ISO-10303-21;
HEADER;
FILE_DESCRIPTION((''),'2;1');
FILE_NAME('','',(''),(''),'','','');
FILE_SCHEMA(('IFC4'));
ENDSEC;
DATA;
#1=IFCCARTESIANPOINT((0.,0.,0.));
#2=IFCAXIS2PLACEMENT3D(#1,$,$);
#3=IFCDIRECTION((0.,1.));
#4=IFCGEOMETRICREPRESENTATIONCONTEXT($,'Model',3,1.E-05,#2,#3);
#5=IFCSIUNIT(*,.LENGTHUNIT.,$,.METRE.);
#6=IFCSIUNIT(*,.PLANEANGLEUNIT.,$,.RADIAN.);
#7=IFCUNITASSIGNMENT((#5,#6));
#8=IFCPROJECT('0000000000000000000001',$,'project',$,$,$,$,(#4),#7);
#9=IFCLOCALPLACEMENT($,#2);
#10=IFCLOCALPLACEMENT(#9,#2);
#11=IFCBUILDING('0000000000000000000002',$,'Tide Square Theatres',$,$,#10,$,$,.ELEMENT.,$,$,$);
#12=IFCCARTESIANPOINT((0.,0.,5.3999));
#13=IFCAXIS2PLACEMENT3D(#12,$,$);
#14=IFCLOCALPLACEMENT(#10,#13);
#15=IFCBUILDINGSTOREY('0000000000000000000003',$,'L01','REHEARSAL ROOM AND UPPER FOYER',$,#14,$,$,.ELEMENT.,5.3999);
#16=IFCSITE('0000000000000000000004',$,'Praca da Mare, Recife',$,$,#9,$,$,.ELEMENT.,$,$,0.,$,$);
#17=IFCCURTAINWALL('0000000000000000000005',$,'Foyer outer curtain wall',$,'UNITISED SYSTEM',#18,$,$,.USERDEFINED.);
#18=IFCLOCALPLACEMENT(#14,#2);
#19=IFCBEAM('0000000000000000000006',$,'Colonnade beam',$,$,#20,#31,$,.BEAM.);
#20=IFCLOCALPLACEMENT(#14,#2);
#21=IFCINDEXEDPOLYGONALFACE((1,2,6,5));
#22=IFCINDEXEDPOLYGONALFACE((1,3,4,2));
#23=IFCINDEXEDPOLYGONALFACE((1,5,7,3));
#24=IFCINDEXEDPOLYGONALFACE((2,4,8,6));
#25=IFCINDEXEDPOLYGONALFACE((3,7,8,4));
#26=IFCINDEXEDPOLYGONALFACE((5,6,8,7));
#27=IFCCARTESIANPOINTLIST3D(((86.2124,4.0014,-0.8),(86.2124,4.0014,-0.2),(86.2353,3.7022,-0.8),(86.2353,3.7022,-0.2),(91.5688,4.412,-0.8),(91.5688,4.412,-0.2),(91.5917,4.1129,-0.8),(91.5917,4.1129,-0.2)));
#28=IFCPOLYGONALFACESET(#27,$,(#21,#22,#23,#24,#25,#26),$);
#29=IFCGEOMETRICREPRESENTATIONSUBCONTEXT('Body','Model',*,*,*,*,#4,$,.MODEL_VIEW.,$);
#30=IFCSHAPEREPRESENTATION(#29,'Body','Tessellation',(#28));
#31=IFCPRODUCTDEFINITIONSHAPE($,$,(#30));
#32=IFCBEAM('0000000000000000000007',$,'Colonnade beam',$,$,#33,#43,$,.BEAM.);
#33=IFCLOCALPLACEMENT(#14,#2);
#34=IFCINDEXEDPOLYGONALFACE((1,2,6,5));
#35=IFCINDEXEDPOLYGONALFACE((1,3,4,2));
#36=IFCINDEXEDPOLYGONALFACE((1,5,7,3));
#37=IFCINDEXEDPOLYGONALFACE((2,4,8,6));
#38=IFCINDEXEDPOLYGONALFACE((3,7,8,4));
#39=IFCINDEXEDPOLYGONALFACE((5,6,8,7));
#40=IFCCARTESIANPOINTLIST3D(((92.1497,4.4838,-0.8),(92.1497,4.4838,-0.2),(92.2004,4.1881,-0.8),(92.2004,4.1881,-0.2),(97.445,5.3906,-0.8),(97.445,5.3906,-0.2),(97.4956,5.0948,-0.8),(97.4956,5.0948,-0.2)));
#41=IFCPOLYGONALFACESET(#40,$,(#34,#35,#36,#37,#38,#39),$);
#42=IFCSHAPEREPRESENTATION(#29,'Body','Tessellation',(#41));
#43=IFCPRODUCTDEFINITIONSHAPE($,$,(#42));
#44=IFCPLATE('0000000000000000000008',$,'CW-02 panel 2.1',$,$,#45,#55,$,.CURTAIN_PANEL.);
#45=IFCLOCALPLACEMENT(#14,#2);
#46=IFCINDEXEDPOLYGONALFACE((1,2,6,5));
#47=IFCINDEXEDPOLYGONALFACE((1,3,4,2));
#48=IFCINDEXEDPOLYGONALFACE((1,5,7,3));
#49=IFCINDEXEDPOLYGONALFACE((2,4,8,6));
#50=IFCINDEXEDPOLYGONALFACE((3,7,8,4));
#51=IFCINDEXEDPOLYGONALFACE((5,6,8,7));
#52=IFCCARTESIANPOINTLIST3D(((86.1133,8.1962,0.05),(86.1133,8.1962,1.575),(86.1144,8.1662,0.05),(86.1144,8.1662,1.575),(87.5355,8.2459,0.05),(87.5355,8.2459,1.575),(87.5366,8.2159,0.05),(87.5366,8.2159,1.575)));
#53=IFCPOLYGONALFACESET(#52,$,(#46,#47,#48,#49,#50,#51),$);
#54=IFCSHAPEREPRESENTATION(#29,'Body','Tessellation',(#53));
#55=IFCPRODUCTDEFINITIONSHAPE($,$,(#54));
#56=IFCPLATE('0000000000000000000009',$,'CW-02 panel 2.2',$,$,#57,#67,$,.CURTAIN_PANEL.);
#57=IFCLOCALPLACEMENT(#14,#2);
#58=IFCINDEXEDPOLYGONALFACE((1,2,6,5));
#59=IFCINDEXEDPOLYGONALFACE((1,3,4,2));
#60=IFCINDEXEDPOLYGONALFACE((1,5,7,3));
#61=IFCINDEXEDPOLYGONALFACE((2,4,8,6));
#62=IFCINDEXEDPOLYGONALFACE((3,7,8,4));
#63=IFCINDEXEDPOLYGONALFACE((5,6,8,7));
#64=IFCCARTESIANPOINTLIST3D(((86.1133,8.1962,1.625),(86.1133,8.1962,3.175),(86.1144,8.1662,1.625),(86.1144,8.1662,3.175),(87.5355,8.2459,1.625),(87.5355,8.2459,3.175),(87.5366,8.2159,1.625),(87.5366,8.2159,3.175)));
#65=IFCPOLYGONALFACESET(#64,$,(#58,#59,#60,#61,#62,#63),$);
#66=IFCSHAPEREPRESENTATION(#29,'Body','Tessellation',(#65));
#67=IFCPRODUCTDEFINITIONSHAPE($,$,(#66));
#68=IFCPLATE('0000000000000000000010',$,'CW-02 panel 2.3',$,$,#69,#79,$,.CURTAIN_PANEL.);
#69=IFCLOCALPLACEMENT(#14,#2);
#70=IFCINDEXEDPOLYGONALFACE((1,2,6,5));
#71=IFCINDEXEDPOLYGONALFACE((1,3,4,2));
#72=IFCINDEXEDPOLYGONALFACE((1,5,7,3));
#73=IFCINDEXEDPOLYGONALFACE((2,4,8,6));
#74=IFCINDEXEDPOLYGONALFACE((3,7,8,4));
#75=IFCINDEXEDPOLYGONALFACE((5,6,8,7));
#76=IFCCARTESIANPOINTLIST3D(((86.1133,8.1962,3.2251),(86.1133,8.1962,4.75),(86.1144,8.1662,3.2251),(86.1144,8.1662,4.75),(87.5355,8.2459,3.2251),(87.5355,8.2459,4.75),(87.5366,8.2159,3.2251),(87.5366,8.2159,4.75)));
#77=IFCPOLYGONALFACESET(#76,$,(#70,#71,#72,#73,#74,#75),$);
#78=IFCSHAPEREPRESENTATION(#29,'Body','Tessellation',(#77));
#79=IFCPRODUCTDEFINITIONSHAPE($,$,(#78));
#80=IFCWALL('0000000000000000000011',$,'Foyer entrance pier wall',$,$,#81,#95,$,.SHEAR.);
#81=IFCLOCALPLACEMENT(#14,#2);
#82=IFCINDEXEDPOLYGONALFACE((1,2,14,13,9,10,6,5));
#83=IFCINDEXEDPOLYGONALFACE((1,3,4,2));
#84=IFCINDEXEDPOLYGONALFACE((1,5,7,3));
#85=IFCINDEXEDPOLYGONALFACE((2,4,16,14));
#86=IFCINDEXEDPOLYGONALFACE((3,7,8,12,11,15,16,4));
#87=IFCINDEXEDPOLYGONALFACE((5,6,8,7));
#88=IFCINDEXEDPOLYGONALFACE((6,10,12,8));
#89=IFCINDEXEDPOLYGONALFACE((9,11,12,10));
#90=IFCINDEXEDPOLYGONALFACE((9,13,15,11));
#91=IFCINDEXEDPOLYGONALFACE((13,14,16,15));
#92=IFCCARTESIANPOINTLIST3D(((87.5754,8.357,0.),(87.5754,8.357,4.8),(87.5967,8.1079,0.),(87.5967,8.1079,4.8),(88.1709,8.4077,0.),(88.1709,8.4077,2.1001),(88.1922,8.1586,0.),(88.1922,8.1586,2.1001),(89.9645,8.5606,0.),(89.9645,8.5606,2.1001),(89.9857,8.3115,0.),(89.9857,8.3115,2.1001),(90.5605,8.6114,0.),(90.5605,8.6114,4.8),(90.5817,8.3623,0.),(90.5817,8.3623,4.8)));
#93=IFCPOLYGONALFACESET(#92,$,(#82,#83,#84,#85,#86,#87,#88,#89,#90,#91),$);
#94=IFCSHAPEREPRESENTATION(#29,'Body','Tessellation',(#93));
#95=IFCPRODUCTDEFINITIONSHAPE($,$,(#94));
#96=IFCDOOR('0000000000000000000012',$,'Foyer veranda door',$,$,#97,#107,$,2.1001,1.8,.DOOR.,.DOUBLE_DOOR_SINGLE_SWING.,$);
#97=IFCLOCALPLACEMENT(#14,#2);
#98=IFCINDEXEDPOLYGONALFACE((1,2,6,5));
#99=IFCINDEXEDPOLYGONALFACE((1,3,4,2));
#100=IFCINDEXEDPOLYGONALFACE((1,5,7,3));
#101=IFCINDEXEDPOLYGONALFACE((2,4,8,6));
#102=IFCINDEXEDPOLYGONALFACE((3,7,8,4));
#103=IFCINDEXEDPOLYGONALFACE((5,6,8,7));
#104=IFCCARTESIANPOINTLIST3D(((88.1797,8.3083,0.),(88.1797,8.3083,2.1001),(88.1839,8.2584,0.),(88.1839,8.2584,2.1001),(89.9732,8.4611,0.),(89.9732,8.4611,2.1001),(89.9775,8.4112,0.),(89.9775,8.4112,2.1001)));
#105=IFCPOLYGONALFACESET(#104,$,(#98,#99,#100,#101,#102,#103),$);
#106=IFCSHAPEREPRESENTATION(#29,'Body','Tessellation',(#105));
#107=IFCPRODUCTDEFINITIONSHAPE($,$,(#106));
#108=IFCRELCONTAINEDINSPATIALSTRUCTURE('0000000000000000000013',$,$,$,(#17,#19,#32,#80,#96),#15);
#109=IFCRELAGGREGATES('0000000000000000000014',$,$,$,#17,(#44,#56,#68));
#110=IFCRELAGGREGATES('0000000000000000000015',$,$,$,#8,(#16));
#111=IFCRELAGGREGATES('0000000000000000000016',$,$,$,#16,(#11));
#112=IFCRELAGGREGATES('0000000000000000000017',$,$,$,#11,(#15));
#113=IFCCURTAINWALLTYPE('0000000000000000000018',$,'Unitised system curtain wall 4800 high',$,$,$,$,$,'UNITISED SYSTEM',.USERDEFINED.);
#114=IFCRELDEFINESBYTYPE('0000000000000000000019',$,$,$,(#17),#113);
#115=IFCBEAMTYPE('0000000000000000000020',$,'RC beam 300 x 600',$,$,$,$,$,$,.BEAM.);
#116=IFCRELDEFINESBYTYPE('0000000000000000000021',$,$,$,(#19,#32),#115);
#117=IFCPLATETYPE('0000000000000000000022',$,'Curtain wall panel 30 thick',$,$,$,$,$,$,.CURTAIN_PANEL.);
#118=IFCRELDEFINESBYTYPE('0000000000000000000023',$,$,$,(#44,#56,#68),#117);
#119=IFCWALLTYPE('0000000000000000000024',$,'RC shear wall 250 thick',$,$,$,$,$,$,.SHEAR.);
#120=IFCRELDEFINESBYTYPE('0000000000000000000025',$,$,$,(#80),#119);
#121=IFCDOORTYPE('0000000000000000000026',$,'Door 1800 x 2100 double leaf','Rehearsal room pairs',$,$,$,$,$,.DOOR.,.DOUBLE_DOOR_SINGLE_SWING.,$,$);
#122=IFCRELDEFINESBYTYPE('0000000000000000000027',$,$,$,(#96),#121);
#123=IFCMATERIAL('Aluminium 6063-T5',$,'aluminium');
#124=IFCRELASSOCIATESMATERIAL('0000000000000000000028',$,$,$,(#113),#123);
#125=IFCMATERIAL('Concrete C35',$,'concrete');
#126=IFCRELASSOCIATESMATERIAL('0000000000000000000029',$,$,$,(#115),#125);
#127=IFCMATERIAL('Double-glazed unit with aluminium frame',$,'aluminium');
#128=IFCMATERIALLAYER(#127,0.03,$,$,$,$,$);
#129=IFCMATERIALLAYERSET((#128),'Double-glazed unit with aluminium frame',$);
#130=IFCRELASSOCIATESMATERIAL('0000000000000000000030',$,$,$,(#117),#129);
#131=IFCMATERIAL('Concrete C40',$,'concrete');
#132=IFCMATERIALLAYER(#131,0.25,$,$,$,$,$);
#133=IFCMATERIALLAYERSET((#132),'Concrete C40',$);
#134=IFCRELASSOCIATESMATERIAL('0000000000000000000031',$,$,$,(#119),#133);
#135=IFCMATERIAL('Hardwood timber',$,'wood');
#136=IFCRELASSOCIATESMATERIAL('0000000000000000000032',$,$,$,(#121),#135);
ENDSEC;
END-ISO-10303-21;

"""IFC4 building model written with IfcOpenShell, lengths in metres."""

from ifc_helpers import new_model, si_unit, direction, frame, frame_2d, origin, origin_2d, place, context, subcontext, project, spatial, rectangle, extrude, material, layer, layer_set, material_profile, profile_set, type_object, element, fill, aggregate, save


model = new_model("IFC4")

# Units and contexts
model_context = context("Model", 3, precision=1e-05, world=origin(), true_north=direction((0.0, 1.0)))
body_context = subcontext(model_context, "Body", "Model", "MODEL_VIEW")
ifc_project = project(units=[si_unit("LENGTHUNIT", "METRE"), si_unit("PLANEANGLEUNIT", "RADIAN")], contexts=[model_context])

# Site, building, storey
site_placement = place(None, origin())
site = spatial("IfcSite", under=ifc_project, at=site_placement, Name="Praca da Mare, Recife", CompositionType="ELEMENT", RefElevation=0.0)
building_placement = place(site_placement, origin())
building = spatial("IfcBuilding", under=site, at=building_placement, Name="Tide Square Theatres", CompositionType="ELEMENT")
storey_placement = place(building_placement, frame((0.0, 0.0, 5.3999)))
storey = spatial("IfcBuildingStorey", under=building, at=storey_placement, Name="L01", Description="REHEARSAL ROOM AND UPPER FOYER", CompositionType="ELEMENT", Elevation=5.3999)

# Curtain wall
ifc_material_1 = material(Name="Aluminium 6063-T5", Category="aluminium")
curtain_wall_type = type_object("IfcCurtainWallType", Name="Unitised system curtain wall 4800 high", ElementType="UNITISED SYSTEM", PredefinedType="USERDEFINED", material=ifc_material_1)
curtain_wall_1_placement = place(storey_placement, origin())
curtain_wall_1 = element("IfcCurtainWall", 1, at=curtain_wall_1_placement, inside=storey, type_object=curtain_wall_type, Name="Foyer outer curtain wall", ObjectType="UNITISED SYSTEM", PredefinedType="USERDEFINED")

# Beams
ifc_material_2 = material(Name="Concrete C35", Category="concrete")
ifc_material_profile_1 = material_profile(ifc_material_2, rectangle(XDim=0.3, YDim=0.6001, at=origin_2d()))
ifc_profile_set_1 = profile_set([ifc_material_profile_1], Name="Concrete C35")
beam_type_1 = type_object("IfcBeamType", Name="RC beam 300 x 600", PredefinedType="BEAM", material=ifc_profile_set_1)
beam_1_placement = place(storey_placement, frame((86.2239, 3.8518, -0.5), z_axis=(0.997074, 0.076439, 0.0), x_axis=(-0.076439, 0.997074, 0.0)))
element("IfcBeam", 2, at=beam_1_placement, inside=storey, type_object=beam_type_1, Name="Colonnade beam", PredefinedType="BEAM", context=body_context, shape_type="SweptSolid", body=[
    extrude(rectangle(XDim=0.3, YDim=0.6001, at=origin_2d()), origin(), (0.0, 0.0, 1.0), 5.3721),
])
beam_2_placement = place(storey_placement, frame((92.175, 4.3359, -0.5), z_axis=(0.985653, 0.168782, 0.0), x_axis=(-0.168782, 0.985653, 0.0)))
element("IfcBeam", 3, at=beam_2_placement, inside=storey, type_object=beam_type_1, Name="Colonnade beam", PredefinedType="BEAM", context=body_context, shape_type="SweptSolid", body=[
    extrude(rectangle(XDim=0.3, YDim=0.6001, at=origin_2d()), origin(), (0.0, 0.0, 1.0), 5.3723),
])

# Plates
ifc_material_3 = material(Name="Double-glazed unit with aluminium frame", Category="aluminium")
ifc_layer_1 = layer(ifc_material_3, 0.03)
ifc_layer_set_1 = layer_set([ifc_layer_1], Name="Double-glazed unit with aluminium frame")
plate_type = type_object("IfcPlateType", Name="Curtain wall panel 30 thick", PredefinedType="CURTAIN_PANEL", material=ifc_layer_set_1)
plate_1_placement = place(storey_placement, frame((86.825, 8.2061, 0.05), z_axis=(0.0, 0.0, 1.0), x_axis=(0.999392, 0.03488, 0.0)))
plate_1 = element("IfcPlate", 4, at=plate_1_placement, type_object=plate_type, Name="CW-02 panel 2.1", PredefinedType="CURTAIN_PANEL", context=body_context, shape_type="SweptSolid", body=[
    extrude(rectangle(XDim=1.4231, YDim=0.03, at=origin_2d()), origin(), (0.0, 0.0, 1.0), 1.5249),
])
plate_2_placement = place(storey_placement, frame((86.825, 8.2061, 1.625), z_axis=(0.0, 0.0, 1.0), x_axis=(0.999392, 0.03488, 0.0)))
plate_2 = element("IfcPlate", 5, at=plate_2_placement, type_object=plate_type, Name="CW-02 panel 2.2", PredefinedType="CURTAIN_PANEL", context=body_context, shape_type="SweptSolid", body=[
    extrude(rectangle(XDim=1.4231, YDim=0.03, at=origin_2d()), origin(), (0.0, 0.0, 1.0), 1.55),
])
plate_3_placement = place(storey_placement, frame((86.825, 8.2061, 3.2251), z_axis=(0.0, 0.0, 1.0), x_axis=(0.999392, 0.03488, 0.0)))
plate_3 = element("IfcPlate", 6, at=plate_3_placement, type_object=plate_type, Name="CW-02 panel 2.3", PredefinedType="CURTAIN_PANEL", context=body_context, shape_type="SweptSolid", body=[
    extrude(rectangle(XDim=1.4231, YDim=0.03, at=origin_2d()), origin(), (0.0, 0.0, 1.0), 1.5249),
])
aggregate(curtain_wall_1, [plate_1, plate_2, plate_3])

# Wall, opening, door
ifc_material_4 = material(Name="Concrete C40", Category="concrete")
ifc_layer_2 = layer(ifc_material_4, 0.25)
ifc_layer_set_2 = layer_set([ifc_layer_2], Name="Concrete C40")
wall_type = type_object("IfcWallType", Name="RC shear wall 250 thick", PredefinedType="SHEAR", material=ifc_layer_set_2)
wall_placement = place(storey_placement, frame((87.5859, 8.2324, 0.0), z_axis=(0.0, 0.0, 1.0), x_axis=(0.996388, 0.084913, 0.0)))
wall = element("IfcWall", 7, at=wall_placement, inside=storey, type_object=wall_type, Name="Foyer entrance pier wall", PredefinedType="SHEAR", context=body_context, shape_type="SweptSolid", body=[
    extrude(rectangle(XDim=2.9958, YDim=0.25, at=frame_2d((1.498, 0.0))), origin(), (0.0, 0.0, 1.0), 4.8),
])
opening_placement = place(wall_placement, frame((0.5979, 0.0, 0.0)))
opening = element("IfcOpeningElement", 8, at=opening_placement, cuts=wall, PredefinedType="OPENING", context=body_context, shape_type="SweptSolid", body=[
    extrude(rectangle(XDim=1.8, YDim=2.1001, at=frame_2d((0.8999, 1.05))), frame((0.0, 0.135, 0.0), z_axis=(0.0, -1.0, 0.0), x_axis=(1.0, 0.0, 0.0)), (0.0, 0.0, 1.0), 0.27),
])
ifc_material_5 = material(Name="Hardwood timber", Category="wood")
door_type = type_object("IfcDoorType", Name="Door 1800 x 2100 double leaf", Description="Rehearsal room pairs", OperationType="DOUBLE_DOOR_SINGLE_SWING", PredefinedType="DOOR", material=ifc_material_5)
door_placement = place(opening_placement, frame((1.8, 0.0, 0.0), z_axis=(0.0, 0.0, 1.0), x_axis=(-1.0, 0.0, 0.0)))
door = element("IfcDoor", 9, at=door_placement, inside=storey, type_object=door_type, Name="Foyer veranda door", OperationType="DOUBLE_DOOR_SINGLE_SWING", OverallHeight=2.1001, OverallWidth=1.8, PredefinedType="DOOR", context=body_context, shape_type="SweptSolid", body=[
    extrude(rectangle(XDim=1.8, YDim=2.1001, at=frame_2d((0.8999, 1.05))), frame((0.0, 0.0249, 0.0), z_axis=(0.0, -1.0, 0.0), x_axis=(1.0, 0.0, 0.0)), (0.0, 0.0, 1.0), 0.05),
])
fill(opening, door)

save(model, "model.ifc")
